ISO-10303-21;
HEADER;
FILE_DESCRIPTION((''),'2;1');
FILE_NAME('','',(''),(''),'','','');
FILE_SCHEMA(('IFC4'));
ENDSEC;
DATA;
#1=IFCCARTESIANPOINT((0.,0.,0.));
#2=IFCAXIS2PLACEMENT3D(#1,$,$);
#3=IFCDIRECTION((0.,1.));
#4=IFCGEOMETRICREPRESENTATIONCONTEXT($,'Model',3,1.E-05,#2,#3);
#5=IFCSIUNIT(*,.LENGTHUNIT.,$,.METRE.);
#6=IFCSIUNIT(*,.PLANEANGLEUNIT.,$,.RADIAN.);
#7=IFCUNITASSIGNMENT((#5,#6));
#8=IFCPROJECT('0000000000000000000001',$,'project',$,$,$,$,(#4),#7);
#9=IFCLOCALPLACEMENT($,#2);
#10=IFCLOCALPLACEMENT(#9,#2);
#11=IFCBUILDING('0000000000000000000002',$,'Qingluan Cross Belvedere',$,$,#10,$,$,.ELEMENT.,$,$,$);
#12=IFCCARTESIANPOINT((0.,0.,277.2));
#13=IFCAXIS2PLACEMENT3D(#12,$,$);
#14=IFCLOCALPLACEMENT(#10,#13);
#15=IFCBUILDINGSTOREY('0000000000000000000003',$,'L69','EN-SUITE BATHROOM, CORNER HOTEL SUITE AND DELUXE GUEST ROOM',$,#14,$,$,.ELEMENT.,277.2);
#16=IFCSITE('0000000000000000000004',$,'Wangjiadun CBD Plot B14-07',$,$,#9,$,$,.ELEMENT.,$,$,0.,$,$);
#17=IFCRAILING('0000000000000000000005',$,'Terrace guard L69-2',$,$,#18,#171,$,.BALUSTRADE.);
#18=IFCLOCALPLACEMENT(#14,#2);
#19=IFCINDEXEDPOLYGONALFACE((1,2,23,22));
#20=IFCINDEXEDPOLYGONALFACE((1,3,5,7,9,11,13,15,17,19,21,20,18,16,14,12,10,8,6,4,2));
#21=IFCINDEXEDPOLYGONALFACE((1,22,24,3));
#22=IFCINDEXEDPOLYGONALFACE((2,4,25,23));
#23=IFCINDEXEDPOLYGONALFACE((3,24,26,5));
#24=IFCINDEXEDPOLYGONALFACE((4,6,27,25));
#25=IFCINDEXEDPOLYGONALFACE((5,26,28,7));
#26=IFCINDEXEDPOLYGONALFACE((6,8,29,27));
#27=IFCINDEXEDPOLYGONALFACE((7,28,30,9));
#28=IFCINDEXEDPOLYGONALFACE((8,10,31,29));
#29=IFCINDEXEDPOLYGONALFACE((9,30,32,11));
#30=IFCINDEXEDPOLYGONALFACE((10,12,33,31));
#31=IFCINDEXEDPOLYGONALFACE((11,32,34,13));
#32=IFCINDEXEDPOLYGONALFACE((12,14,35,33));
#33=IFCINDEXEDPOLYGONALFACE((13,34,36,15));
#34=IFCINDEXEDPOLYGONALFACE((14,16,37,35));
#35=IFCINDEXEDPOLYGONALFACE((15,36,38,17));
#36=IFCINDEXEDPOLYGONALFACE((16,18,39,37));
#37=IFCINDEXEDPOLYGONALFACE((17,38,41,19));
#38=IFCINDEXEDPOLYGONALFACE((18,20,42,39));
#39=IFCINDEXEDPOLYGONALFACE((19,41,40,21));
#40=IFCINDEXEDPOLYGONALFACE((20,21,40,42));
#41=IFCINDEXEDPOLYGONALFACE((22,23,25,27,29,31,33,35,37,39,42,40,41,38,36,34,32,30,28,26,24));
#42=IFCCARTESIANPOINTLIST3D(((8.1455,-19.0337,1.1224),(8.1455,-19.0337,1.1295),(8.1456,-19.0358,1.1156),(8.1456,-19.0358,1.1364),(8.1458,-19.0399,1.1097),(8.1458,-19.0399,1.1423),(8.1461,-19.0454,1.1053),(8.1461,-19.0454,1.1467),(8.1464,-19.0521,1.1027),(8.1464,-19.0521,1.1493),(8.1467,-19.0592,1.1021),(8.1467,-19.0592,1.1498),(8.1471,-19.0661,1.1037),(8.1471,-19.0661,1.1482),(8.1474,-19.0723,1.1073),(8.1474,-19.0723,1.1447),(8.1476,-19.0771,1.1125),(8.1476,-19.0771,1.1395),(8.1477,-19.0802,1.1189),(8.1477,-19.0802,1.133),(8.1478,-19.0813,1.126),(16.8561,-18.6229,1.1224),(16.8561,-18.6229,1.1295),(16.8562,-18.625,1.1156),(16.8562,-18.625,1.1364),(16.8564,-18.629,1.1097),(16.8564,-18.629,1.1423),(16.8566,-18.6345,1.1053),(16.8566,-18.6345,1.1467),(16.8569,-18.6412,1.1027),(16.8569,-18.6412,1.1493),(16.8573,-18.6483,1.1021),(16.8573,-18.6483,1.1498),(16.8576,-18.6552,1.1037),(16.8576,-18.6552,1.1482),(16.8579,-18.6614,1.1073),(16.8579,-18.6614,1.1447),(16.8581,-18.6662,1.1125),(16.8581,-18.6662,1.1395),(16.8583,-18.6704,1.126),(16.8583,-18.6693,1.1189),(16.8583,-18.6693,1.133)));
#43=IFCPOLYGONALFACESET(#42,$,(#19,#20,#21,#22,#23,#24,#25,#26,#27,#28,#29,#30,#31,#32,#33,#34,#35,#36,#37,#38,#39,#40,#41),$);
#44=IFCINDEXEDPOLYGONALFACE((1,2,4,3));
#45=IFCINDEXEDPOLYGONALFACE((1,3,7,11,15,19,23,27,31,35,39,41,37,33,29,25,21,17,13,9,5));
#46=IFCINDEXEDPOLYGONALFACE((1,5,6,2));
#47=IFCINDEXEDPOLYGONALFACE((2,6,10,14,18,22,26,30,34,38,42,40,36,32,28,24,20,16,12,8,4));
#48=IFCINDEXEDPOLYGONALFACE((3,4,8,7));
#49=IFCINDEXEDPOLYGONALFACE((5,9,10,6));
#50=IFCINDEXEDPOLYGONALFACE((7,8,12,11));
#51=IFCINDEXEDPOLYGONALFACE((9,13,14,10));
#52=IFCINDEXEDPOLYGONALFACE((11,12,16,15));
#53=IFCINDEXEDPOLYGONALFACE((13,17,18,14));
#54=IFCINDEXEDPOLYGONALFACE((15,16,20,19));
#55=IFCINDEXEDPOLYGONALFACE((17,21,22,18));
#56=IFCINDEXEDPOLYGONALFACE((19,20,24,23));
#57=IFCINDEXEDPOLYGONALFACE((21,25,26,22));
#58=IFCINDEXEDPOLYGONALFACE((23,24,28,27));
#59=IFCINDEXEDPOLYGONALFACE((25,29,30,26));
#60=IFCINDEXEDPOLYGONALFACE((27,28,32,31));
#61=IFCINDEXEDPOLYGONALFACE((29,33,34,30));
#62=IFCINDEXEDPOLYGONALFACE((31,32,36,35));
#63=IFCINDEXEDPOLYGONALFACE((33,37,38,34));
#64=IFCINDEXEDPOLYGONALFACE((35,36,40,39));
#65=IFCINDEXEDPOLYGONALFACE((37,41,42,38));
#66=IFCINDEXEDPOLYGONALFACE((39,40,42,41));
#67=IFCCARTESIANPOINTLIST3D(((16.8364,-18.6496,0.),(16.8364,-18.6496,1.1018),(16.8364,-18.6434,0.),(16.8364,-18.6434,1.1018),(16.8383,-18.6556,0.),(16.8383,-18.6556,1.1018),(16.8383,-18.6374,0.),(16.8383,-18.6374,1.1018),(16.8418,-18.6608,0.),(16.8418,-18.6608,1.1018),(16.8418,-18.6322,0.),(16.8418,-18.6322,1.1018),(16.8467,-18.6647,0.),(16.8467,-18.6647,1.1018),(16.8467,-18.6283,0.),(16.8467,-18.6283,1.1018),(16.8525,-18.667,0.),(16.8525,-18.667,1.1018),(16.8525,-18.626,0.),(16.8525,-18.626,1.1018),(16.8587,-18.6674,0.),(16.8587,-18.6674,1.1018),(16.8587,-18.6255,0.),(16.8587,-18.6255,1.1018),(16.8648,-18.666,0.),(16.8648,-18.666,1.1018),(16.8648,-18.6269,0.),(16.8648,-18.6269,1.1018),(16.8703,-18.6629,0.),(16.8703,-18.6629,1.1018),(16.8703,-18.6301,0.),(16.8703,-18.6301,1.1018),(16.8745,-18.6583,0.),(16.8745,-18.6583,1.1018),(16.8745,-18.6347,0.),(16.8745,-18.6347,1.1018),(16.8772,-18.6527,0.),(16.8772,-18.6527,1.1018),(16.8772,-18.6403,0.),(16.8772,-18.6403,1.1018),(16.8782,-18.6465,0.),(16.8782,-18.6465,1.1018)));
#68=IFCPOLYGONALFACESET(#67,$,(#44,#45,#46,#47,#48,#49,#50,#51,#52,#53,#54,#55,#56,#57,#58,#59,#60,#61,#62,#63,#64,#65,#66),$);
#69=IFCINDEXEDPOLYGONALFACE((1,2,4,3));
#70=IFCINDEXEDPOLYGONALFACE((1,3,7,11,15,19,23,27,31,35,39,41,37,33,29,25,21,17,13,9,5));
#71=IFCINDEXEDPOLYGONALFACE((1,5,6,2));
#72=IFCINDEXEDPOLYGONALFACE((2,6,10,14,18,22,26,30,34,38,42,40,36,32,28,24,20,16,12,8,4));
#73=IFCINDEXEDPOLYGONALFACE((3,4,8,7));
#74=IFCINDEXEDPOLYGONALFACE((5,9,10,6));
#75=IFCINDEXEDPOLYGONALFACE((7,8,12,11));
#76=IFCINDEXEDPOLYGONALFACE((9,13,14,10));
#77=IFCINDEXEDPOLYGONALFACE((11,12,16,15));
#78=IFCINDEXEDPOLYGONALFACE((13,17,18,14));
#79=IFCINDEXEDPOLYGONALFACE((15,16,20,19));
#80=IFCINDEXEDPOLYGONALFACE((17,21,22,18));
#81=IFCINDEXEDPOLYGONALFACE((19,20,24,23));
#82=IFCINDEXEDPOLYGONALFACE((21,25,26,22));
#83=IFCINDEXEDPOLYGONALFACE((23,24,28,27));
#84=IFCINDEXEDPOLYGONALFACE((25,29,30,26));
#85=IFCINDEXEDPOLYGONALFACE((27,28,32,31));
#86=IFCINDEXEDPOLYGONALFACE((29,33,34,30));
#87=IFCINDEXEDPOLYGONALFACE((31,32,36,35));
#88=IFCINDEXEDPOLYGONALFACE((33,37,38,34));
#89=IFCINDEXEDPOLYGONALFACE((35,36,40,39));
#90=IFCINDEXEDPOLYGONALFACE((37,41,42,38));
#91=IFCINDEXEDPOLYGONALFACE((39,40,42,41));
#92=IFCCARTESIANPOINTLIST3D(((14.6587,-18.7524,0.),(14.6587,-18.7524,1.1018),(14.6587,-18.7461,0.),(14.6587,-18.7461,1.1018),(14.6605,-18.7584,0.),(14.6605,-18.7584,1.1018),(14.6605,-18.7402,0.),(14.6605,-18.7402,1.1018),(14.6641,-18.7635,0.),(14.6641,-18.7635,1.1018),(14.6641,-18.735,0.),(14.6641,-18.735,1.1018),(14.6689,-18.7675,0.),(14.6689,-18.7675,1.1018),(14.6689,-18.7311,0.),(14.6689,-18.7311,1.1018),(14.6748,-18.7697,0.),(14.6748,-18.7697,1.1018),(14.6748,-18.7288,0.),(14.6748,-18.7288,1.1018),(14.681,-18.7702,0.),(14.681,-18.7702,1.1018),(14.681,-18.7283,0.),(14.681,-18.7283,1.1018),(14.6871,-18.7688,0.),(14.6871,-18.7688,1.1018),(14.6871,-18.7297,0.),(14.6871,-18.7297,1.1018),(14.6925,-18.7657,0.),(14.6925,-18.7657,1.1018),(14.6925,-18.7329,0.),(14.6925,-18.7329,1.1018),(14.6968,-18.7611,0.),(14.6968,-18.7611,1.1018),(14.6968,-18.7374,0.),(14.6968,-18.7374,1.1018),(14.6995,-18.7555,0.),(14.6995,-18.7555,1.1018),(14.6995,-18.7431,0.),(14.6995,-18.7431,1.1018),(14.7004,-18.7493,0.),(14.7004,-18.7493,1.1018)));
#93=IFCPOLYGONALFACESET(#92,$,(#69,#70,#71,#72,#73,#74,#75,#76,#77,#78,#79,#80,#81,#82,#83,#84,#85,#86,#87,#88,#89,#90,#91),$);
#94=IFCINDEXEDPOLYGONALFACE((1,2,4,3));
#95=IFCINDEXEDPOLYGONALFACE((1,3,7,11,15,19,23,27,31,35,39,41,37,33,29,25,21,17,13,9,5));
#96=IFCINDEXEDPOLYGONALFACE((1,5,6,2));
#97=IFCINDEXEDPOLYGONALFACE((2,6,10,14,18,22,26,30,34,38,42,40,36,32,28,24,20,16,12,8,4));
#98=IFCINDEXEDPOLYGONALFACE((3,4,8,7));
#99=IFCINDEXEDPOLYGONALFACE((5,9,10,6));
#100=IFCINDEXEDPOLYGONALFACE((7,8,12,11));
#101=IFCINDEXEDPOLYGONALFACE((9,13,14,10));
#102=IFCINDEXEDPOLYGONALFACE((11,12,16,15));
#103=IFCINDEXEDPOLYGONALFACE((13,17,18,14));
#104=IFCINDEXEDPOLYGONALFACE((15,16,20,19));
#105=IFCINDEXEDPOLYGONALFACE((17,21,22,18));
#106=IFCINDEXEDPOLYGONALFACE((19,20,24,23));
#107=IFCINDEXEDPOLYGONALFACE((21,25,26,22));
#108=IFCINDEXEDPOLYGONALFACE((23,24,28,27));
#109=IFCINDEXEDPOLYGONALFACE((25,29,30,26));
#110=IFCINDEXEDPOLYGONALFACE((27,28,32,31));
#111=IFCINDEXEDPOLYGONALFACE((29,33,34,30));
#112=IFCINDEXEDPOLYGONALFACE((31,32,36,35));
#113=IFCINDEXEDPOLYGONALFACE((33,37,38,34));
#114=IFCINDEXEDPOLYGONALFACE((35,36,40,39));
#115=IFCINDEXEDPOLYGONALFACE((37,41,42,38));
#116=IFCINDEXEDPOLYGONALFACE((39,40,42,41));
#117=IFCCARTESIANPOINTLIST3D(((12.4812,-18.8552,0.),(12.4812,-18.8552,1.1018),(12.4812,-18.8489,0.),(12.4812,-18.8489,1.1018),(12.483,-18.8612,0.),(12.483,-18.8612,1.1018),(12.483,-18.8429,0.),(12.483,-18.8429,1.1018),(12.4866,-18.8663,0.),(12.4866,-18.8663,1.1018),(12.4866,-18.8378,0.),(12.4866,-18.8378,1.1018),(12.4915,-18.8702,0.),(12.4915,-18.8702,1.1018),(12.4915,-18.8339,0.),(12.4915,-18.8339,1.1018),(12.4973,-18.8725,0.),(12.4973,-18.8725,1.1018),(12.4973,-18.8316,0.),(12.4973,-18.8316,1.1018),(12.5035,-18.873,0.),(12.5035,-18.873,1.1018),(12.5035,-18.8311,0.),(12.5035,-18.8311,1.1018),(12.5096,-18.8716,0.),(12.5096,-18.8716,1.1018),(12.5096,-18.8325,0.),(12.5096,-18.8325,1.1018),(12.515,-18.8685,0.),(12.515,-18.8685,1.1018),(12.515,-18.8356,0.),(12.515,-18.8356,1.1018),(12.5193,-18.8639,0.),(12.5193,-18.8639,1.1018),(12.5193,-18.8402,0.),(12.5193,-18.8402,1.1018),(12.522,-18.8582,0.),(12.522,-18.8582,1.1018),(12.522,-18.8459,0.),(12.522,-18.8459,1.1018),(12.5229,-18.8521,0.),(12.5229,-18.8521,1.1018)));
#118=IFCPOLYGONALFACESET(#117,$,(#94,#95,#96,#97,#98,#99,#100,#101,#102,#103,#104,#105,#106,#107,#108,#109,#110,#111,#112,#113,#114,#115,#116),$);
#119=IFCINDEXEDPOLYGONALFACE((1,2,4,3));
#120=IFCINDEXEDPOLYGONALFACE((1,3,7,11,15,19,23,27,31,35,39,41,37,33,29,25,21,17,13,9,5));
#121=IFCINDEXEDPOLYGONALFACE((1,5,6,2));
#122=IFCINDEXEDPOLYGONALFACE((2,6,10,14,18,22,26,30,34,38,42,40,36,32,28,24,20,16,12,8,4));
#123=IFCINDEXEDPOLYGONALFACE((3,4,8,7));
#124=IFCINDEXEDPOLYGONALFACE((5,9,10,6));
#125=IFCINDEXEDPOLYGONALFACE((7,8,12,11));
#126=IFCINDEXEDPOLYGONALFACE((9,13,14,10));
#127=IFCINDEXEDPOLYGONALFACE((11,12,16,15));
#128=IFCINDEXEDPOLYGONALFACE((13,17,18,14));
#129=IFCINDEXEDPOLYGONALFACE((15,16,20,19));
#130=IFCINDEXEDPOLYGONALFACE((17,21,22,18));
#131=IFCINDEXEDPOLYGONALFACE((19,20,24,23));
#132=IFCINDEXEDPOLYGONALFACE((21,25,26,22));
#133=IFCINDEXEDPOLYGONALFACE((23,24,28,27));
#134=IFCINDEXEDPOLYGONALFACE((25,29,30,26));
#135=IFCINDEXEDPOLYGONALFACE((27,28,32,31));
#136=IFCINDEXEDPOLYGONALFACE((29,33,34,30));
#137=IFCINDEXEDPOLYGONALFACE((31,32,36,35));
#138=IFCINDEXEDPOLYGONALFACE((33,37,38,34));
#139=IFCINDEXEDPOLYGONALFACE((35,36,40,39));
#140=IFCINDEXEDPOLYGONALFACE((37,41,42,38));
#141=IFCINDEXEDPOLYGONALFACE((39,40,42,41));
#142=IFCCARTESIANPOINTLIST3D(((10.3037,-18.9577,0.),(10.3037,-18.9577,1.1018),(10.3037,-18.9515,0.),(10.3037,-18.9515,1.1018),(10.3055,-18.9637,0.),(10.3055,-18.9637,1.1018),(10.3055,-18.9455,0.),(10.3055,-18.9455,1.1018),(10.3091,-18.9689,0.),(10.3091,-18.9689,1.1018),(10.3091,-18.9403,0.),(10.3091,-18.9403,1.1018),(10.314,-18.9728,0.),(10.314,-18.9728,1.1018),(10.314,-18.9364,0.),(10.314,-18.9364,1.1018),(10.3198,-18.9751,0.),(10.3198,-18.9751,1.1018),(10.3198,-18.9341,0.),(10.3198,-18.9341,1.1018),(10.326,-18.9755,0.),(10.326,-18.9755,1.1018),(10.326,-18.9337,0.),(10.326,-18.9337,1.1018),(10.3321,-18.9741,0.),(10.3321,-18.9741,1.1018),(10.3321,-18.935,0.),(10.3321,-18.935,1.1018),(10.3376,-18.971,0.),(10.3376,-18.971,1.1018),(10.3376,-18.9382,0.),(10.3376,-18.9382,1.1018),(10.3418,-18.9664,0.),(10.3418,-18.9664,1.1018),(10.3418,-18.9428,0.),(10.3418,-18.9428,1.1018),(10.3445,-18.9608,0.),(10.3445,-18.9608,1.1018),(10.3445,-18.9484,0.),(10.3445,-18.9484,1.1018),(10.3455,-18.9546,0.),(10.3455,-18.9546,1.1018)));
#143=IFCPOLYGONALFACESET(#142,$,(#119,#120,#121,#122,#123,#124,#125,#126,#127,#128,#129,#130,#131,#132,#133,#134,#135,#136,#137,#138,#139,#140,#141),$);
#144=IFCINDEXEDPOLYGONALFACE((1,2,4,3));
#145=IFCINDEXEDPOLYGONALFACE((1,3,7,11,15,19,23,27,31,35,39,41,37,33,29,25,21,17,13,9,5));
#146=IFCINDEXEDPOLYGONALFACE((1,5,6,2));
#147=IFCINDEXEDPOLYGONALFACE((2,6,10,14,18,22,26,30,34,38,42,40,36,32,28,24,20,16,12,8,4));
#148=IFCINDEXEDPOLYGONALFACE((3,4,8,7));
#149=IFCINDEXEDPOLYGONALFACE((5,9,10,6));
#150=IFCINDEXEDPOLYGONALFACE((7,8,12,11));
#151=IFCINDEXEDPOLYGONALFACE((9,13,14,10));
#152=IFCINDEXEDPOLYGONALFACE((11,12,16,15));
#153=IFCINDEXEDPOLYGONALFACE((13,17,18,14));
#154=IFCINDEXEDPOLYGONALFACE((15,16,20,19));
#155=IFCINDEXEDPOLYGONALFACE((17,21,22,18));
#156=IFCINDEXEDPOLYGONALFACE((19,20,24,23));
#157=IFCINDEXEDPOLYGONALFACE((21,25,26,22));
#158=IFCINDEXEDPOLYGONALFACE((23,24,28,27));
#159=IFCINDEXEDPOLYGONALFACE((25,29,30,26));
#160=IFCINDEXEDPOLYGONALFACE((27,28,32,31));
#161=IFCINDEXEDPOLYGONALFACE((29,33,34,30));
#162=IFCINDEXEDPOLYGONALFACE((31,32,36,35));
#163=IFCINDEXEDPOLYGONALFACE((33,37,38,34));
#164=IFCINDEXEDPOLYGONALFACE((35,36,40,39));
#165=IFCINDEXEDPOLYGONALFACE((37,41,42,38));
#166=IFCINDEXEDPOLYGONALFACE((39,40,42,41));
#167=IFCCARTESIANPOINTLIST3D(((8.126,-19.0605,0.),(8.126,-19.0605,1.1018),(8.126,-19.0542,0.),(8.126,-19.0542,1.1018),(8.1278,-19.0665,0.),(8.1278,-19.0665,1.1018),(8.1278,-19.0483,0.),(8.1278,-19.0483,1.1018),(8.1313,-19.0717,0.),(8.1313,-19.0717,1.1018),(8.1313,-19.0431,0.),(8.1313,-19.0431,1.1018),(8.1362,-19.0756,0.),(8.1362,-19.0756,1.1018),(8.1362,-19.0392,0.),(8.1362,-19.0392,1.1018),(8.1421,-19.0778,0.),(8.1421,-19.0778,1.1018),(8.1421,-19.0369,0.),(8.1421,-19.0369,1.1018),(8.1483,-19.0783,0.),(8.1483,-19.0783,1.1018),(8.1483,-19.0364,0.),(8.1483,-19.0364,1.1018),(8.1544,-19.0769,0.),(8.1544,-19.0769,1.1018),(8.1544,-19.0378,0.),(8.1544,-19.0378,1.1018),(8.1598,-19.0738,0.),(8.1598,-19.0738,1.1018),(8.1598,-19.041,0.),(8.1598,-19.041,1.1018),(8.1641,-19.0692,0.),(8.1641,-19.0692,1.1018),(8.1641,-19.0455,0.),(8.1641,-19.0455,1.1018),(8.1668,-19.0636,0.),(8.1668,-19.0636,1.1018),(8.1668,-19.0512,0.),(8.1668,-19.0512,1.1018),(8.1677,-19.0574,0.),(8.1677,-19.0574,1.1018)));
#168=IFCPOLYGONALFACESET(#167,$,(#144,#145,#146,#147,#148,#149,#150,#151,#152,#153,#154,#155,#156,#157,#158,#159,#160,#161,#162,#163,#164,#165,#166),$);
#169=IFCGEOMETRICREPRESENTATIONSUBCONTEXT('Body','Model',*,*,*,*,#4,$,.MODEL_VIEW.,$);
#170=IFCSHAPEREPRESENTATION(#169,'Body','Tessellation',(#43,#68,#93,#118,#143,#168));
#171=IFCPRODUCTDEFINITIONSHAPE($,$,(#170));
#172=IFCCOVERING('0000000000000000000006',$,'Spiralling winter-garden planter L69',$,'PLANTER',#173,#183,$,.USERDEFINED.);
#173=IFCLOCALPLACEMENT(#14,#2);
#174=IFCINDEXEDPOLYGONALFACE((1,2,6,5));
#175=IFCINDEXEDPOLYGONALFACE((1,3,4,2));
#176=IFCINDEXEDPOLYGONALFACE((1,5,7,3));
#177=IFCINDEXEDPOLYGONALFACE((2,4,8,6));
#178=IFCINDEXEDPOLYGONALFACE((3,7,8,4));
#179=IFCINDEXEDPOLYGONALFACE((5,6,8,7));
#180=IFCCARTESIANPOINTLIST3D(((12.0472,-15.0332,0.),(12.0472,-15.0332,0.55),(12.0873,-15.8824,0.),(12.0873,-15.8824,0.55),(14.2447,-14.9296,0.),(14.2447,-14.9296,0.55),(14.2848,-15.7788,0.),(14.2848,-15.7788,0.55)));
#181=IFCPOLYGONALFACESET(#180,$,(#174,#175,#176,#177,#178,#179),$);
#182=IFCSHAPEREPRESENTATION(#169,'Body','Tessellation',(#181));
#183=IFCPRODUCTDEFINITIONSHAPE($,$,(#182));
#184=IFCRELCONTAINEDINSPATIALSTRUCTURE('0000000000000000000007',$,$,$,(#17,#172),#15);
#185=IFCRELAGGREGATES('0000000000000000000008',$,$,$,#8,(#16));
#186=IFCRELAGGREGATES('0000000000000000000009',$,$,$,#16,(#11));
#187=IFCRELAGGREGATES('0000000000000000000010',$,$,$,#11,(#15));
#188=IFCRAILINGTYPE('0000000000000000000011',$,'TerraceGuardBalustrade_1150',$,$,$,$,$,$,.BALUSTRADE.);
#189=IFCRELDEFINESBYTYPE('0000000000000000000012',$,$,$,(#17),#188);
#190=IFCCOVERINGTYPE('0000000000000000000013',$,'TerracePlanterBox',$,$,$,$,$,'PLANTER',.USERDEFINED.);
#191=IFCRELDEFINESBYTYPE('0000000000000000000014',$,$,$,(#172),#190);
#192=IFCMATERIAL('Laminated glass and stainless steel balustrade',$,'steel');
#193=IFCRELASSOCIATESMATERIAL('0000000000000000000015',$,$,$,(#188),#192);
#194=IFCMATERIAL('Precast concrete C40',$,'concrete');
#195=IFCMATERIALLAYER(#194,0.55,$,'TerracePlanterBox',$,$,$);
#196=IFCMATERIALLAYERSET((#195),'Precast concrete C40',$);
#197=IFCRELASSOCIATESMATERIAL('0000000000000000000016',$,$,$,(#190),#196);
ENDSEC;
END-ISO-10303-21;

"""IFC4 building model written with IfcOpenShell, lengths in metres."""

from ifc_helpers import new_model, si_unit, direction, frame, origin, origin_2d, place, context, subcontext, project, spatial, rectangle, circle, extrude, material, layer, layer_set, type_object, element, save


model = new_model("IFC4")

# Units and contexts
model_context = context("Model", 3, precision=1e-05, world=origin(), true_north=direction((0.0, 1.0)))
body_context = subcontext(model_context, "Body", "Model", "MODEL_VIEW")
ifc_project = project(units=[si_unit("LENGTHUNIT", "METRE"), si_unit("PLANEANGLEUNIT", "RADIAN")], contexts=[model_context])

# Site, building, storey
site_placement = place(None, origin())
site = spatial("IfcSite", under=ifc_project, at=site_placement, Name="Wangjiadun CBD Plot B14-07", CompositionType="ELEMENT", RefElevation=0.0)
building_placement = place(site_placement, origin())
building = spatial("IfcBuilding", under=site, at=building_placement, Name="Qingluan Cross Belvedere", CompositionType="ELEMENT")
storey_placement = place(building_placement, frame((0.0, 0.0, 277.2)))
storey = spatial("IfcBuildingStorey", under=building, at=storey_placement, Name="L69", Description="EN-SUITE BATHROOM, CORNER HOTEL SUITE AND DELUXE GUEST ROOM", CompositionType="ELEMENT", Elevation=277.2)

# Railing
ifc_material_1 = material(Name="Laminated glass and stainless steel balustrade", Category="steel")
railing_type = type_object("IfcRailingType", Name="TerraceGuardBalustrade_1150", PredefinedType="BALUSTRADE", material=ifc_material_1)
railing_placement = place(storey_placement, frame((16.8572, -18.6465, 0.0)))
element("IfcRailing", 1, at=railing_placement, inside=storey, type_object=railing_type, Name="Terrace guard L69-2", PredefinedType="BALUSTRADE", context=body_context, shape_type="SweptSolid", body=[
    extrude(circle(Radius=0.0239, at=origin_2d()), frame((0.0, 0.0, 1.126), z_axis=(-0.998889, -0.04712, 0.0), x_axis=(0.04712, -0.998889, 0.0)), (0.0, 0.0, 1.0), 8.7202),
    extrude(circle(Radius=0.021, at=origin_2d()), origin(), (0.0, 0.0, 1.0), 1.1018),
    extrude(circle(Radius=0.021, at=origin_2d()), frame((-2.1777, -0.1028, 0.0)), (0.0, 0.0, 1.0), 1.1018),
    extrude(circle(Radius=0.021, at=origin_2d()), frame((-4.3552, -0.2056, 0.0)), (0.0, 0.0, 1.0), 1.1018),
    extrude(circle(Radius=0.021, at=origin_2d()), frame((-6.5327, -0.3081, 0.0)), (0.0, 0.0, 1.0), 1.1018),
    extrude(circle(Radius=0.021, at=origin_2d()), frame((-8.7104, -0.4109, 0.0)), (0.0, 0.0, 1.0), 1.1018),
])

# Covering
ifc_material_2 = material(Name="Precast concrete C40", Category="concrete")
ifc_layer_1 = layer(ifc_material_2, 0.55, Name="TerracePlanterBox")
ifc_layer_set_1 = layer_set([ifc_layer_1], Name="Precast concrete C40")
covering_type_1 = type_object("IfcCoveringType", Name="TerracePlanterBox", ElementType="PLANTER", PredefinedType="USERDEFINED", material=ifc_layer_set_1)
covering_placement = place(storey_placement, frame((13.166, -15.406, 0.0), z_axis=(0.0, 0.0, 1.0), x_axis=(0.99889, 0.047106, 0.0)))
element("IfcCovering", 2, at=covering_placement, inside=storey, type_object=covering_type_1, Name="Spiralling winter-garden planter L69", ObjectType="PLANTER", PredefinedType="USERDEFINED", context=body_context, shape_type="SweptSolid", body=[
    extrude(rectangle(XDim=2.2, YDim=0.8501, at=origin_2d()), origin(), (0.0, 0.0, 1.0), 0.55),
])

save(model, "model.ifc")
